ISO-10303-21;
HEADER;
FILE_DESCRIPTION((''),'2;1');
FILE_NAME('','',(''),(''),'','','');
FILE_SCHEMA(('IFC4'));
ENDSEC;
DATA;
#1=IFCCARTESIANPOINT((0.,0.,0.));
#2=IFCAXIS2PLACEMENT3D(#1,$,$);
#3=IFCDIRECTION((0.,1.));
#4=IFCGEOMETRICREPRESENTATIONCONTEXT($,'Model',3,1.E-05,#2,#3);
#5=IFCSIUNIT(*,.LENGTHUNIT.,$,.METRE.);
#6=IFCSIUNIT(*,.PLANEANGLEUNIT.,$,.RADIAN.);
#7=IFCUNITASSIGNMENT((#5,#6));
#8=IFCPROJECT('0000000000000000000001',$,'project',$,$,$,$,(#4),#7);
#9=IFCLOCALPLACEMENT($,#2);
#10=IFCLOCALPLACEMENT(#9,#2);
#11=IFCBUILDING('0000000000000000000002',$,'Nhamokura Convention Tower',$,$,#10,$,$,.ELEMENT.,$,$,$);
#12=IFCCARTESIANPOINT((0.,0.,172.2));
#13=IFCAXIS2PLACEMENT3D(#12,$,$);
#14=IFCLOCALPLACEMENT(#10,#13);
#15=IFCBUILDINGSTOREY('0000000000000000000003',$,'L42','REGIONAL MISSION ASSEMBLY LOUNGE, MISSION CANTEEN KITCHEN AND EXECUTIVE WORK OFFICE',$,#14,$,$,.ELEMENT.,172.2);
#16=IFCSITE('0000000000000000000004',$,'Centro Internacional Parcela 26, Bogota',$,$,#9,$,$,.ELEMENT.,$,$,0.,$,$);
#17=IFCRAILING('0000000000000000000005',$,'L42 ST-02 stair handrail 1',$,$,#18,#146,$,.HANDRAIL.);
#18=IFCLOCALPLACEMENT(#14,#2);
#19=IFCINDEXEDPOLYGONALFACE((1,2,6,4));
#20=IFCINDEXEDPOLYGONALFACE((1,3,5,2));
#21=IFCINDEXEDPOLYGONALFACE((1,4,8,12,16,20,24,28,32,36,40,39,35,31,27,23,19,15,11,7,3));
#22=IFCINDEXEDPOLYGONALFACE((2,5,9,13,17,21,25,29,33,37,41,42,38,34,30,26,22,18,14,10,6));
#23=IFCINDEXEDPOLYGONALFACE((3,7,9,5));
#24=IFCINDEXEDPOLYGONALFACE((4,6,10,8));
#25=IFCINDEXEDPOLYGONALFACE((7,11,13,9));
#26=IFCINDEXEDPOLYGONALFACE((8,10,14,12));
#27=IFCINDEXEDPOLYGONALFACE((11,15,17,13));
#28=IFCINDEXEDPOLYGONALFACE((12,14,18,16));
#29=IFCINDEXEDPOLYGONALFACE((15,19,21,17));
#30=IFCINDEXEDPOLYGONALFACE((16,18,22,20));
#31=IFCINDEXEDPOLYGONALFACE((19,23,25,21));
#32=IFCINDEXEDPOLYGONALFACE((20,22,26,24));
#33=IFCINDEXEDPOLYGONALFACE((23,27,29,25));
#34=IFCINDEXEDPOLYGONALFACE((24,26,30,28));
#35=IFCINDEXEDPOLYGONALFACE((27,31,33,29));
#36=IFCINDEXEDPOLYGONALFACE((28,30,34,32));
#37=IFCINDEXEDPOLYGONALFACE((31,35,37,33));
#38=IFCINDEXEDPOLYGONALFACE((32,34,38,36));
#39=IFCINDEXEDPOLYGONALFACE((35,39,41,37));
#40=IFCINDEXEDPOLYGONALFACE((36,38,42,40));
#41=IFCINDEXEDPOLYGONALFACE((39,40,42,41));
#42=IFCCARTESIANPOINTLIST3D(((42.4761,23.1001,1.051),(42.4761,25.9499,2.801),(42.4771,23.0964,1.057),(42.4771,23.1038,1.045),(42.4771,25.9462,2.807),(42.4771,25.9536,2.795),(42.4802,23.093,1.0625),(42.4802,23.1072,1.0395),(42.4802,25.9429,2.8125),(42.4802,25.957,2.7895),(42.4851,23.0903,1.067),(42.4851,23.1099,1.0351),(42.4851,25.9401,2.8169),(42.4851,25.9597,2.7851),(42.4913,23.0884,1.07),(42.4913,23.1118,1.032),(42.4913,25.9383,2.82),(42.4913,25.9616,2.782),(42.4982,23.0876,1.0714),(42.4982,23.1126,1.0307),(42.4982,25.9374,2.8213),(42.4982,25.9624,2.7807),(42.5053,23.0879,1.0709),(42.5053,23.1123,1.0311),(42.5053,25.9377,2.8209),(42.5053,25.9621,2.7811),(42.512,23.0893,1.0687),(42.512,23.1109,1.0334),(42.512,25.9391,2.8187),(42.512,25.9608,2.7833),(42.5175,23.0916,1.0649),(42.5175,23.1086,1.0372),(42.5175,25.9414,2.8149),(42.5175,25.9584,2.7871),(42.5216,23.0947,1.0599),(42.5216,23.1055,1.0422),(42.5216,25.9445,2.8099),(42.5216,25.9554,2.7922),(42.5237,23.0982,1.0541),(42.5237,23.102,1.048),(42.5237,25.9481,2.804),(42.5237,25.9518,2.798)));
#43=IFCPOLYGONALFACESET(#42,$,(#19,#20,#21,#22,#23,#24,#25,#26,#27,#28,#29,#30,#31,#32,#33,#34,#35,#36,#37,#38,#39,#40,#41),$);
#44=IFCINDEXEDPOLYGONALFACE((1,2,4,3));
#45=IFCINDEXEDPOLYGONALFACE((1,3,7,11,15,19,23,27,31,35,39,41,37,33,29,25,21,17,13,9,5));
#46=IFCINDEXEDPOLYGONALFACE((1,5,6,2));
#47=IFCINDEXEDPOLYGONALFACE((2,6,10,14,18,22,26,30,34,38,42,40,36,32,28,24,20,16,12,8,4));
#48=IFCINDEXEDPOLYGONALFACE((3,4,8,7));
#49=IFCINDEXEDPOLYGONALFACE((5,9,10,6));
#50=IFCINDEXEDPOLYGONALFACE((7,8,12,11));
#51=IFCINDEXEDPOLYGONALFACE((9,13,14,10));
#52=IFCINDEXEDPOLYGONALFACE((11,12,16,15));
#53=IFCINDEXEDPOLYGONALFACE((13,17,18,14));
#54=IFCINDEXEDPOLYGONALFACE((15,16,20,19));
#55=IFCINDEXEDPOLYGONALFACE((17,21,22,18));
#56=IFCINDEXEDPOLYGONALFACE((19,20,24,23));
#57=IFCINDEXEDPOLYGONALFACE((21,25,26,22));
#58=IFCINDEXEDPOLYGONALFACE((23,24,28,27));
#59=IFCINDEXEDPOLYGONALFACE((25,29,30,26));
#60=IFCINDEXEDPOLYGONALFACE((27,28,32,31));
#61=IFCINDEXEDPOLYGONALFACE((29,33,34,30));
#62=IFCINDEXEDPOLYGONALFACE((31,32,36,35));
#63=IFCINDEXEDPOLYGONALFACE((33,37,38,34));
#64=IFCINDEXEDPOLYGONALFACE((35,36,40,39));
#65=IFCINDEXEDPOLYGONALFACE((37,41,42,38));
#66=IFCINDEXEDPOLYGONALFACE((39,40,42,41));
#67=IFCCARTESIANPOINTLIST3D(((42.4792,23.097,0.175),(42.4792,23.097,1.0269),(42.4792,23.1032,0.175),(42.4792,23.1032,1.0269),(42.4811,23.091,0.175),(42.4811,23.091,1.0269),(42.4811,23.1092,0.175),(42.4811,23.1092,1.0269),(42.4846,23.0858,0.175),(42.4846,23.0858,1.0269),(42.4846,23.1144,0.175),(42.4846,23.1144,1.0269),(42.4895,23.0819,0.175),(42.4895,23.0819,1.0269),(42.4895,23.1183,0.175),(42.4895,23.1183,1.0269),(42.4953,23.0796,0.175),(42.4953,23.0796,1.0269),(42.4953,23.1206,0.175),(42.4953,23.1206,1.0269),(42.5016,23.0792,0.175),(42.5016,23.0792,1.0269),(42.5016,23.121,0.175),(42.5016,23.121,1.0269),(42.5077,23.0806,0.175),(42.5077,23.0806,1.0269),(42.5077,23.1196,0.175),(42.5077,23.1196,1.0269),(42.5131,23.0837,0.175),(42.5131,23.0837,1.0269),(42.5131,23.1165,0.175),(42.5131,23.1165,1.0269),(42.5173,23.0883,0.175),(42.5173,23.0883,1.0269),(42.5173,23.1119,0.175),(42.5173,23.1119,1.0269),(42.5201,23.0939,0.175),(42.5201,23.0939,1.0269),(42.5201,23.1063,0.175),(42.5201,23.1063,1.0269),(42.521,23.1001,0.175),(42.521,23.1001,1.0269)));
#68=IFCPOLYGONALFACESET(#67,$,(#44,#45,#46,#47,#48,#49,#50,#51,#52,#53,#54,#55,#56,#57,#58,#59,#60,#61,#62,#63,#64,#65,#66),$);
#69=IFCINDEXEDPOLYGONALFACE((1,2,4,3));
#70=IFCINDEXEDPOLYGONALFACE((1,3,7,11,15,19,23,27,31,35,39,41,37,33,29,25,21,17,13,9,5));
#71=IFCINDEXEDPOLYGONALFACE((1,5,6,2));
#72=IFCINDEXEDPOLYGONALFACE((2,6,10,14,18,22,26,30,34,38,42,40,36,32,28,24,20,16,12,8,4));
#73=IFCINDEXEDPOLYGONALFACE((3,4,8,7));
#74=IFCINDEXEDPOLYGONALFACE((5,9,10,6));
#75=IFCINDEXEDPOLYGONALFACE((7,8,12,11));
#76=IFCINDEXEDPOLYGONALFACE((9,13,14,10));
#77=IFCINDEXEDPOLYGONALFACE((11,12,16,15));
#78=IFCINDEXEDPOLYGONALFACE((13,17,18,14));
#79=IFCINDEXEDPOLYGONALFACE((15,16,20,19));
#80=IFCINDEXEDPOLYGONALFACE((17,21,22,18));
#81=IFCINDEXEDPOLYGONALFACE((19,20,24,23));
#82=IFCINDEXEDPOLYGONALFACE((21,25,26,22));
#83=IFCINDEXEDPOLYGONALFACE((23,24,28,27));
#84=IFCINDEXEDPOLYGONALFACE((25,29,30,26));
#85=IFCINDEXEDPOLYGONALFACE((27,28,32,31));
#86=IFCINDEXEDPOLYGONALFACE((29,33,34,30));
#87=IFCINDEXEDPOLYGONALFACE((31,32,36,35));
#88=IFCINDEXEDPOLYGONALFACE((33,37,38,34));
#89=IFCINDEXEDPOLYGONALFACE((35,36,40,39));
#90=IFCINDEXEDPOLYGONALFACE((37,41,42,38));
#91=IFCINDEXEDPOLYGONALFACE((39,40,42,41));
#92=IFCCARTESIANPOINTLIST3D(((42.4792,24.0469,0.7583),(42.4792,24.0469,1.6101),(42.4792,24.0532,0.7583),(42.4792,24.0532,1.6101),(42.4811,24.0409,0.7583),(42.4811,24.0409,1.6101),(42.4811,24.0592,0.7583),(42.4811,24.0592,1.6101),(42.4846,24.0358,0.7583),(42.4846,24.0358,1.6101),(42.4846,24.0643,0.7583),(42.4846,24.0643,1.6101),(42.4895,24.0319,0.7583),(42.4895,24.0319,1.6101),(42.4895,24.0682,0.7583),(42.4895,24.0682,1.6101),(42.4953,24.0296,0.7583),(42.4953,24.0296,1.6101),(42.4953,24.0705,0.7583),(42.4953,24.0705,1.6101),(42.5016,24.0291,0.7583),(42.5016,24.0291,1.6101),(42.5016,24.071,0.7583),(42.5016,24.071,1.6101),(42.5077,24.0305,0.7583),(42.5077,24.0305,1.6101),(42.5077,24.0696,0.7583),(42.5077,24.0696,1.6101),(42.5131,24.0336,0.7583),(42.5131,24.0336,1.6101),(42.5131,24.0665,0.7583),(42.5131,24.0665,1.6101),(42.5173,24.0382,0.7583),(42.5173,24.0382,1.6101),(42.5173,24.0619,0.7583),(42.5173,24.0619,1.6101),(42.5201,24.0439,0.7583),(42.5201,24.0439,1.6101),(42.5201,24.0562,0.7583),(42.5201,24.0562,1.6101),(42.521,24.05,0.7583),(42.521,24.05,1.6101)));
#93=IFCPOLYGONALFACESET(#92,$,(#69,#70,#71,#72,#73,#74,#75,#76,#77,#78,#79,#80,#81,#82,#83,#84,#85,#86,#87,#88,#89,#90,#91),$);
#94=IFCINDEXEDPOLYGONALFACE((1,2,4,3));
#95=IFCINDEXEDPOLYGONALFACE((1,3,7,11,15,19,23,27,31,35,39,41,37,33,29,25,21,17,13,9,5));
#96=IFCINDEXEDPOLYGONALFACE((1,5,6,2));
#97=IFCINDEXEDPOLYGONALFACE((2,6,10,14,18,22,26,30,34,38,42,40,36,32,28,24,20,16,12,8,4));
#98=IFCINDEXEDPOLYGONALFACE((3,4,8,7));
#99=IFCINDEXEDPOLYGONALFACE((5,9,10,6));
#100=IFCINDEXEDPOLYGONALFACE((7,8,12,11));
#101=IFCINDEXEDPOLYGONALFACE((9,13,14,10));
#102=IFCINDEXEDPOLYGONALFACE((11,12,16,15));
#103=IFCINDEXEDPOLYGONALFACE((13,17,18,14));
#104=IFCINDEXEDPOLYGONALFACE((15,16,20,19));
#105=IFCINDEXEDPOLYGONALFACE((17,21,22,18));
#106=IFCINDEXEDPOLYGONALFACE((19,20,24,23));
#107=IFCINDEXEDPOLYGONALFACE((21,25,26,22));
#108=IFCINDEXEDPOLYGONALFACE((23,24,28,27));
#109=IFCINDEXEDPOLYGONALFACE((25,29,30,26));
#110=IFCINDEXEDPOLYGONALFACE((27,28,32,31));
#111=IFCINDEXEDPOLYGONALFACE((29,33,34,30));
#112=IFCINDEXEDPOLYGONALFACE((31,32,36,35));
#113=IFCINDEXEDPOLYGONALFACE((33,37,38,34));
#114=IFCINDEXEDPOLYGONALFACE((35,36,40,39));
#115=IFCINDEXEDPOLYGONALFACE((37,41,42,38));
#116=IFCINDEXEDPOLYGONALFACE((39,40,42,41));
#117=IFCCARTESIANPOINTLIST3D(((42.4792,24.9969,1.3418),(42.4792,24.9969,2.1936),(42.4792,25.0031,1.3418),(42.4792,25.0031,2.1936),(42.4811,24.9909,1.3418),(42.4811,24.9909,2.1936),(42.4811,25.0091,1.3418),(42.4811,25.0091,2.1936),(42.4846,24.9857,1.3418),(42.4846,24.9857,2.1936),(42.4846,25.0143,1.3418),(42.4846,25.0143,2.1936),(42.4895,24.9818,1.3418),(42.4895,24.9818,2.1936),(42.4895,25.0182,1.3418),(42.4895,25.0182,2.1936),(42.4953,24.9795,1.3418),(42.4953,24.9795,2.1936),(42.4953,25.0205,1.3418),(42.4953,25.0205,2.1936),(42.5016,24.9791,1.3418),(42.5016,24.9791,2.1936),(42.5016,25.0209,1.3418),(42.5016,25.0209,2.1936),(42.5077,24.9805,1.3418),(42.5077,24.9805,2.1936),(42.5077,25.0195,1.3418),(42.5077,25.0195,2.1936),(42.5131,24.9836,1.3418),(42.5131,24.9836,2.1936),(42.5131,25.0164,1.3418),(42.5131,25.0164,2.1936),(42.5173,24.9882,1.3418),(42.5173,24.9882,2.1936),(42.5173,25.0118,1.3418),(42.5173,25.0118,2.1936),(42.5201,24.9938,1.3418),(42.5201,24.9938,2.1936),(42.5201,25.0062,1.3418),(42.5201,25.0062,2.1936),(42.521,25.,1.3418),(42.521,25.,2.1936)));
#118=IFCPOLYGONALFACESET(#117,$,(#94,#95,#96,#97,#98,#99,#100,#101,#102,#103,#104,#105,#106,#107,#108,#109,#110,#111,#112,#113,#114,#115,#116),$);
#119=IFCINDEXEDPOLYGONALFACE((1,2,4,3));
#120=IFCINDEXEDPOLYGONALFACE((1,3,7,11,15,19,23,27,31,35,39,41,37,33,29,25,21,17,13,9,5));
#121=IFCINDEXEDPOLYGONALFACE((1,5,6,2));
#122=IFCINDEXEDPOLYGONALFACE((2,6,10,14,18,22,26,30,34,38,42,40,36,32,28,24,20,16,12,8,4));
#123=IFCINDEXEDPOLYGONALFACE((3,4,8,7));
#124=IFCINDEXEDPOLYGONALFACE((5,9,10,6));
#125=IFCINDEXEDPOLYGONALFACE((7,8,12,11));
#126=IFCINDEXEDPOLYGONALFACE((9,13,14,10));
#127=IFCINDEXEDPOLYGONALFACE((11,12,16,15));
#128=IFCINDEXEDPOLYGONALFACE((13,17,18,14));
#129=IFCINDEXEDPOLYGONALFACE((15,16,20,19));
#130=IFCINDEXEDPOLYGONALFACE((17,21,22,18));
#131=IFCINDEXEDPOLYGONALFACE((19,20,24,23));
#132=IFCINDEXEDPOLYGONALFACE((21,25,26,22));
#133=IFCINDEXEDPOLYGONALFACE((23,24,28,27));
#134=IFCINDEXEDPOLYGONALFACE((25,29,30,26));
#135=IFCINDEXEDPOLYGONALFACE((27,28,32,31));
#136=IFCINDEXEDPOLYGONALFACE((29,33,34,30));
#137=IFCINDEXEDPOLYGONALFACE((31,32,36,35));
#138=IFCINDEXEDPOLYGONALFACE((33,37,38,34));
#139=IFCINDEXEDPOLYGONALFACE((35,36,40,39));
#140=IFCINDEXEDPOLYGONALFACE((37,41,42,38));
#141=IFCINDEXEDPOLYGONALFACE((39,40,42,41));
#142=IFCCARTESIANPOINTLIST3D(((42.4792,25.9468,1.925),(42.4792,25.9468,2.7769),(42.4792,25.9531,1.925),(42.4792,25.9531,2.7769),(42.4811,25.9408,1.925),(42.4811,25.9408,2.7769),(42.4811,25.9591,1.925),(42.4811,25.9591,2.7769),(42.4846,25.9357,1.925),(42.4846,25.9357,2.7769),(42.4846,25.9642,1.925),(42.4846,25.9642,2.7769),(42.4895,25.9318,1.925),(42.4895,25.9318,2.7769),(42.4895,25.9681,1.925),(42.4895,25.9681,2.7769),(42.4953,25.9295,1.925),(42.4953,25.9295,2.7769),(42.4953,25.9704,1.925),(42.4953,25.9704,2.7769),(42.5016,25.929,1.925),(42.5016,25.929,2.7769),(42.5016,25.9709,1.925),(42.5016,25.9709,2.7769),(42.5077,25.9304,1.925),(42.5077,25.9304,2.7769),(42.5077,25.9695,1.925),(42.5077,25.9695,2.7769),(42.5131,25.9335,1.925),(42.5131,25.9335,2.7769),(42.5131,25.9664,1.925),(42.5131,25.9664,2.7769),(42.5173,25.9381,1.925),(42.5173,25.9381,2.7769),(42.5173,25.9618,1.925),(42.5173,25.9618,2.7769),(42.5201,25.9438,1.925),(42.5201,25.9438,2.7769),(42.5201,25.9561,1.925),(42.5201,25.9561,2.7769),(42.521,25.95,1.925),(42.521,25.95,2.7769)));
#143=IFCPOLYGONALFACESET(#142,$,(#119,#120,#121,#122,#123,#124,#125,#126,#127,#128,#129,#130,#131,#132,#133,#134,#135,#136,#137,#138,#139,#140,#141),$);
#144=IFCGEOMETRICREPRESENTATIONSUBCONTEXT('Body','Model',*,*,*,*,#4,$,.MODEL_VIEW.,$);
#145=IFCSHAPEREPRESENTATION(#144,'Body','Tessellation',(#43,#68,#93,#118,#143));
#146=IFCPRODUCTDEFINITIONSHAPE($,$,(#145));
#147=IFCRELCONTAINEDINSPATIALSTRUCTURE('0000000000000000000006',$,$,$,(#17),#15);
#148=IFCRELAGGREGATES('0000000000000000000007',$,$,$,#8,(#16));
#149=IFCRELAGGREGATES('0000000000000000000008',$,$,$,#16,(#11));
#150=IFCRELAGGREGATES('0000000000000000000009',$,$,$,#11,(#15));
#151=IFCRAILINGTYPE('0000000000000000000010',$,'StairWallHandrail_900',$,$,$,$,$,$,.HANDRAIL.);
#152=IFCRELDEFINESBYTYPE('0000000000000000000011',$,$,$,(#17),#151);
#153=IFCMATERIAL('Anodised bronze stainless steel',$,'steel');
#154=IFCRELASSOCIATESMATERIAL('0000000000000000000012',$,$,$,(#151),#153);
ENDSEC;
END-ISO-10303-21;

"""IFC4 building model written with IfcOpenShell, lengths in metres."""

from ifc_helpers import new_model, si_unit, direction, frame, origin, origin_2d, place, context, subcontext, project, spatial, circle, extrude, material, type_object, element, save


model = new_model("IFC4")

# Units and contexts
model_context = context("Model", 3, precision=1e-05, world=origin(), true_north=direction((0.0, 1.0)))
body_context = subcontext(model_context, "Body", "Model", "MODEL_VIEW")
ifc_project = project(units=[si_unit("LENGTHUNIT", "METRE"), si_unit("PLANEANGLEUNIT", "RADIAN")], contexts=[model_context])

# Site, building, storey
site_placement = place(None, origin())
site = spatial("IfcSite", under=ifc_project, at=site_placement, Name="Centro Internacional Parcela 26, Bogota", CompositionType="ELEMENT", RefElevation=0.0)
building_placement = place(site_placement, origin())
building = spatial("IfcBuilding", under=site, at=building_placement, Name="Nhamokura Convention Tower", CompositionType="ELEMENT")
storey_placement = place(building_placement, frame((0.0, 0.0, 172.2)))
storey = spatial("IfcBuildingStorey", under=building, at=storey_placement, Name="L42", Description="REGIONAL MISSION ASSEMBLY LOUNGE, MISSION CANTEEN KITCHEN AND EXECUTIVE WORK OFFICE", CompositionType="ELEMENT", Elevation=172.2)

# Railing
ifc_material_1 = material(Name="Anodised bronze stainless steel", Category="steel")
railing_type_1 = type_object("IfcRailingType", Name="StairWallHandrail_900", PredefinedType="HANDRAIL", material=ifc_material_1)
railing_1_placement = place(storey_placement, frame((42.5, 23.1001, 0.175)))
element("IfcRailing", 1, at=railing_1_placement, inside=storey, type_object=railing_type_1, Name="L42 ST-02 stair handrail 1", PredefinedType="HANDRAIL", context=body_context, shape_type="SweptSolid", body=[
    extrude(circle(Radius=0.0239, at=origin_2d()), frame((0.0, 0.0, 0.876), z_axis=(0.0, 0.852159, 0.523283), x_axis=(-1.0, 0.0, 0.0)), (0.0, 0.0, 1.0), 3.3442),
    extrude(circle(Radius=0.021, at=origin_2d()), origin(), (0.0, 0.0, 1.0), 0.8518),
    extrude(circle(Radius=0.021, at=origin_2d()), frame((0.0, 0.95, 0.5833)), (0.0, 0.0, 1.0), 0.8518),
    extrude(circle(Radius=0.021, at=origin_2d()), frame((0.0, 1.8999, 1.1667)), (0.0, 0.0, 1.0), 0.8518),
    extrude(circle(Radius=0.021, at=origin_2d()), frame((0.0, 2.8499, 1.75)), (0.0, 0.0, 1.0), 0.8518),
])

save(model, "model.ifc")
